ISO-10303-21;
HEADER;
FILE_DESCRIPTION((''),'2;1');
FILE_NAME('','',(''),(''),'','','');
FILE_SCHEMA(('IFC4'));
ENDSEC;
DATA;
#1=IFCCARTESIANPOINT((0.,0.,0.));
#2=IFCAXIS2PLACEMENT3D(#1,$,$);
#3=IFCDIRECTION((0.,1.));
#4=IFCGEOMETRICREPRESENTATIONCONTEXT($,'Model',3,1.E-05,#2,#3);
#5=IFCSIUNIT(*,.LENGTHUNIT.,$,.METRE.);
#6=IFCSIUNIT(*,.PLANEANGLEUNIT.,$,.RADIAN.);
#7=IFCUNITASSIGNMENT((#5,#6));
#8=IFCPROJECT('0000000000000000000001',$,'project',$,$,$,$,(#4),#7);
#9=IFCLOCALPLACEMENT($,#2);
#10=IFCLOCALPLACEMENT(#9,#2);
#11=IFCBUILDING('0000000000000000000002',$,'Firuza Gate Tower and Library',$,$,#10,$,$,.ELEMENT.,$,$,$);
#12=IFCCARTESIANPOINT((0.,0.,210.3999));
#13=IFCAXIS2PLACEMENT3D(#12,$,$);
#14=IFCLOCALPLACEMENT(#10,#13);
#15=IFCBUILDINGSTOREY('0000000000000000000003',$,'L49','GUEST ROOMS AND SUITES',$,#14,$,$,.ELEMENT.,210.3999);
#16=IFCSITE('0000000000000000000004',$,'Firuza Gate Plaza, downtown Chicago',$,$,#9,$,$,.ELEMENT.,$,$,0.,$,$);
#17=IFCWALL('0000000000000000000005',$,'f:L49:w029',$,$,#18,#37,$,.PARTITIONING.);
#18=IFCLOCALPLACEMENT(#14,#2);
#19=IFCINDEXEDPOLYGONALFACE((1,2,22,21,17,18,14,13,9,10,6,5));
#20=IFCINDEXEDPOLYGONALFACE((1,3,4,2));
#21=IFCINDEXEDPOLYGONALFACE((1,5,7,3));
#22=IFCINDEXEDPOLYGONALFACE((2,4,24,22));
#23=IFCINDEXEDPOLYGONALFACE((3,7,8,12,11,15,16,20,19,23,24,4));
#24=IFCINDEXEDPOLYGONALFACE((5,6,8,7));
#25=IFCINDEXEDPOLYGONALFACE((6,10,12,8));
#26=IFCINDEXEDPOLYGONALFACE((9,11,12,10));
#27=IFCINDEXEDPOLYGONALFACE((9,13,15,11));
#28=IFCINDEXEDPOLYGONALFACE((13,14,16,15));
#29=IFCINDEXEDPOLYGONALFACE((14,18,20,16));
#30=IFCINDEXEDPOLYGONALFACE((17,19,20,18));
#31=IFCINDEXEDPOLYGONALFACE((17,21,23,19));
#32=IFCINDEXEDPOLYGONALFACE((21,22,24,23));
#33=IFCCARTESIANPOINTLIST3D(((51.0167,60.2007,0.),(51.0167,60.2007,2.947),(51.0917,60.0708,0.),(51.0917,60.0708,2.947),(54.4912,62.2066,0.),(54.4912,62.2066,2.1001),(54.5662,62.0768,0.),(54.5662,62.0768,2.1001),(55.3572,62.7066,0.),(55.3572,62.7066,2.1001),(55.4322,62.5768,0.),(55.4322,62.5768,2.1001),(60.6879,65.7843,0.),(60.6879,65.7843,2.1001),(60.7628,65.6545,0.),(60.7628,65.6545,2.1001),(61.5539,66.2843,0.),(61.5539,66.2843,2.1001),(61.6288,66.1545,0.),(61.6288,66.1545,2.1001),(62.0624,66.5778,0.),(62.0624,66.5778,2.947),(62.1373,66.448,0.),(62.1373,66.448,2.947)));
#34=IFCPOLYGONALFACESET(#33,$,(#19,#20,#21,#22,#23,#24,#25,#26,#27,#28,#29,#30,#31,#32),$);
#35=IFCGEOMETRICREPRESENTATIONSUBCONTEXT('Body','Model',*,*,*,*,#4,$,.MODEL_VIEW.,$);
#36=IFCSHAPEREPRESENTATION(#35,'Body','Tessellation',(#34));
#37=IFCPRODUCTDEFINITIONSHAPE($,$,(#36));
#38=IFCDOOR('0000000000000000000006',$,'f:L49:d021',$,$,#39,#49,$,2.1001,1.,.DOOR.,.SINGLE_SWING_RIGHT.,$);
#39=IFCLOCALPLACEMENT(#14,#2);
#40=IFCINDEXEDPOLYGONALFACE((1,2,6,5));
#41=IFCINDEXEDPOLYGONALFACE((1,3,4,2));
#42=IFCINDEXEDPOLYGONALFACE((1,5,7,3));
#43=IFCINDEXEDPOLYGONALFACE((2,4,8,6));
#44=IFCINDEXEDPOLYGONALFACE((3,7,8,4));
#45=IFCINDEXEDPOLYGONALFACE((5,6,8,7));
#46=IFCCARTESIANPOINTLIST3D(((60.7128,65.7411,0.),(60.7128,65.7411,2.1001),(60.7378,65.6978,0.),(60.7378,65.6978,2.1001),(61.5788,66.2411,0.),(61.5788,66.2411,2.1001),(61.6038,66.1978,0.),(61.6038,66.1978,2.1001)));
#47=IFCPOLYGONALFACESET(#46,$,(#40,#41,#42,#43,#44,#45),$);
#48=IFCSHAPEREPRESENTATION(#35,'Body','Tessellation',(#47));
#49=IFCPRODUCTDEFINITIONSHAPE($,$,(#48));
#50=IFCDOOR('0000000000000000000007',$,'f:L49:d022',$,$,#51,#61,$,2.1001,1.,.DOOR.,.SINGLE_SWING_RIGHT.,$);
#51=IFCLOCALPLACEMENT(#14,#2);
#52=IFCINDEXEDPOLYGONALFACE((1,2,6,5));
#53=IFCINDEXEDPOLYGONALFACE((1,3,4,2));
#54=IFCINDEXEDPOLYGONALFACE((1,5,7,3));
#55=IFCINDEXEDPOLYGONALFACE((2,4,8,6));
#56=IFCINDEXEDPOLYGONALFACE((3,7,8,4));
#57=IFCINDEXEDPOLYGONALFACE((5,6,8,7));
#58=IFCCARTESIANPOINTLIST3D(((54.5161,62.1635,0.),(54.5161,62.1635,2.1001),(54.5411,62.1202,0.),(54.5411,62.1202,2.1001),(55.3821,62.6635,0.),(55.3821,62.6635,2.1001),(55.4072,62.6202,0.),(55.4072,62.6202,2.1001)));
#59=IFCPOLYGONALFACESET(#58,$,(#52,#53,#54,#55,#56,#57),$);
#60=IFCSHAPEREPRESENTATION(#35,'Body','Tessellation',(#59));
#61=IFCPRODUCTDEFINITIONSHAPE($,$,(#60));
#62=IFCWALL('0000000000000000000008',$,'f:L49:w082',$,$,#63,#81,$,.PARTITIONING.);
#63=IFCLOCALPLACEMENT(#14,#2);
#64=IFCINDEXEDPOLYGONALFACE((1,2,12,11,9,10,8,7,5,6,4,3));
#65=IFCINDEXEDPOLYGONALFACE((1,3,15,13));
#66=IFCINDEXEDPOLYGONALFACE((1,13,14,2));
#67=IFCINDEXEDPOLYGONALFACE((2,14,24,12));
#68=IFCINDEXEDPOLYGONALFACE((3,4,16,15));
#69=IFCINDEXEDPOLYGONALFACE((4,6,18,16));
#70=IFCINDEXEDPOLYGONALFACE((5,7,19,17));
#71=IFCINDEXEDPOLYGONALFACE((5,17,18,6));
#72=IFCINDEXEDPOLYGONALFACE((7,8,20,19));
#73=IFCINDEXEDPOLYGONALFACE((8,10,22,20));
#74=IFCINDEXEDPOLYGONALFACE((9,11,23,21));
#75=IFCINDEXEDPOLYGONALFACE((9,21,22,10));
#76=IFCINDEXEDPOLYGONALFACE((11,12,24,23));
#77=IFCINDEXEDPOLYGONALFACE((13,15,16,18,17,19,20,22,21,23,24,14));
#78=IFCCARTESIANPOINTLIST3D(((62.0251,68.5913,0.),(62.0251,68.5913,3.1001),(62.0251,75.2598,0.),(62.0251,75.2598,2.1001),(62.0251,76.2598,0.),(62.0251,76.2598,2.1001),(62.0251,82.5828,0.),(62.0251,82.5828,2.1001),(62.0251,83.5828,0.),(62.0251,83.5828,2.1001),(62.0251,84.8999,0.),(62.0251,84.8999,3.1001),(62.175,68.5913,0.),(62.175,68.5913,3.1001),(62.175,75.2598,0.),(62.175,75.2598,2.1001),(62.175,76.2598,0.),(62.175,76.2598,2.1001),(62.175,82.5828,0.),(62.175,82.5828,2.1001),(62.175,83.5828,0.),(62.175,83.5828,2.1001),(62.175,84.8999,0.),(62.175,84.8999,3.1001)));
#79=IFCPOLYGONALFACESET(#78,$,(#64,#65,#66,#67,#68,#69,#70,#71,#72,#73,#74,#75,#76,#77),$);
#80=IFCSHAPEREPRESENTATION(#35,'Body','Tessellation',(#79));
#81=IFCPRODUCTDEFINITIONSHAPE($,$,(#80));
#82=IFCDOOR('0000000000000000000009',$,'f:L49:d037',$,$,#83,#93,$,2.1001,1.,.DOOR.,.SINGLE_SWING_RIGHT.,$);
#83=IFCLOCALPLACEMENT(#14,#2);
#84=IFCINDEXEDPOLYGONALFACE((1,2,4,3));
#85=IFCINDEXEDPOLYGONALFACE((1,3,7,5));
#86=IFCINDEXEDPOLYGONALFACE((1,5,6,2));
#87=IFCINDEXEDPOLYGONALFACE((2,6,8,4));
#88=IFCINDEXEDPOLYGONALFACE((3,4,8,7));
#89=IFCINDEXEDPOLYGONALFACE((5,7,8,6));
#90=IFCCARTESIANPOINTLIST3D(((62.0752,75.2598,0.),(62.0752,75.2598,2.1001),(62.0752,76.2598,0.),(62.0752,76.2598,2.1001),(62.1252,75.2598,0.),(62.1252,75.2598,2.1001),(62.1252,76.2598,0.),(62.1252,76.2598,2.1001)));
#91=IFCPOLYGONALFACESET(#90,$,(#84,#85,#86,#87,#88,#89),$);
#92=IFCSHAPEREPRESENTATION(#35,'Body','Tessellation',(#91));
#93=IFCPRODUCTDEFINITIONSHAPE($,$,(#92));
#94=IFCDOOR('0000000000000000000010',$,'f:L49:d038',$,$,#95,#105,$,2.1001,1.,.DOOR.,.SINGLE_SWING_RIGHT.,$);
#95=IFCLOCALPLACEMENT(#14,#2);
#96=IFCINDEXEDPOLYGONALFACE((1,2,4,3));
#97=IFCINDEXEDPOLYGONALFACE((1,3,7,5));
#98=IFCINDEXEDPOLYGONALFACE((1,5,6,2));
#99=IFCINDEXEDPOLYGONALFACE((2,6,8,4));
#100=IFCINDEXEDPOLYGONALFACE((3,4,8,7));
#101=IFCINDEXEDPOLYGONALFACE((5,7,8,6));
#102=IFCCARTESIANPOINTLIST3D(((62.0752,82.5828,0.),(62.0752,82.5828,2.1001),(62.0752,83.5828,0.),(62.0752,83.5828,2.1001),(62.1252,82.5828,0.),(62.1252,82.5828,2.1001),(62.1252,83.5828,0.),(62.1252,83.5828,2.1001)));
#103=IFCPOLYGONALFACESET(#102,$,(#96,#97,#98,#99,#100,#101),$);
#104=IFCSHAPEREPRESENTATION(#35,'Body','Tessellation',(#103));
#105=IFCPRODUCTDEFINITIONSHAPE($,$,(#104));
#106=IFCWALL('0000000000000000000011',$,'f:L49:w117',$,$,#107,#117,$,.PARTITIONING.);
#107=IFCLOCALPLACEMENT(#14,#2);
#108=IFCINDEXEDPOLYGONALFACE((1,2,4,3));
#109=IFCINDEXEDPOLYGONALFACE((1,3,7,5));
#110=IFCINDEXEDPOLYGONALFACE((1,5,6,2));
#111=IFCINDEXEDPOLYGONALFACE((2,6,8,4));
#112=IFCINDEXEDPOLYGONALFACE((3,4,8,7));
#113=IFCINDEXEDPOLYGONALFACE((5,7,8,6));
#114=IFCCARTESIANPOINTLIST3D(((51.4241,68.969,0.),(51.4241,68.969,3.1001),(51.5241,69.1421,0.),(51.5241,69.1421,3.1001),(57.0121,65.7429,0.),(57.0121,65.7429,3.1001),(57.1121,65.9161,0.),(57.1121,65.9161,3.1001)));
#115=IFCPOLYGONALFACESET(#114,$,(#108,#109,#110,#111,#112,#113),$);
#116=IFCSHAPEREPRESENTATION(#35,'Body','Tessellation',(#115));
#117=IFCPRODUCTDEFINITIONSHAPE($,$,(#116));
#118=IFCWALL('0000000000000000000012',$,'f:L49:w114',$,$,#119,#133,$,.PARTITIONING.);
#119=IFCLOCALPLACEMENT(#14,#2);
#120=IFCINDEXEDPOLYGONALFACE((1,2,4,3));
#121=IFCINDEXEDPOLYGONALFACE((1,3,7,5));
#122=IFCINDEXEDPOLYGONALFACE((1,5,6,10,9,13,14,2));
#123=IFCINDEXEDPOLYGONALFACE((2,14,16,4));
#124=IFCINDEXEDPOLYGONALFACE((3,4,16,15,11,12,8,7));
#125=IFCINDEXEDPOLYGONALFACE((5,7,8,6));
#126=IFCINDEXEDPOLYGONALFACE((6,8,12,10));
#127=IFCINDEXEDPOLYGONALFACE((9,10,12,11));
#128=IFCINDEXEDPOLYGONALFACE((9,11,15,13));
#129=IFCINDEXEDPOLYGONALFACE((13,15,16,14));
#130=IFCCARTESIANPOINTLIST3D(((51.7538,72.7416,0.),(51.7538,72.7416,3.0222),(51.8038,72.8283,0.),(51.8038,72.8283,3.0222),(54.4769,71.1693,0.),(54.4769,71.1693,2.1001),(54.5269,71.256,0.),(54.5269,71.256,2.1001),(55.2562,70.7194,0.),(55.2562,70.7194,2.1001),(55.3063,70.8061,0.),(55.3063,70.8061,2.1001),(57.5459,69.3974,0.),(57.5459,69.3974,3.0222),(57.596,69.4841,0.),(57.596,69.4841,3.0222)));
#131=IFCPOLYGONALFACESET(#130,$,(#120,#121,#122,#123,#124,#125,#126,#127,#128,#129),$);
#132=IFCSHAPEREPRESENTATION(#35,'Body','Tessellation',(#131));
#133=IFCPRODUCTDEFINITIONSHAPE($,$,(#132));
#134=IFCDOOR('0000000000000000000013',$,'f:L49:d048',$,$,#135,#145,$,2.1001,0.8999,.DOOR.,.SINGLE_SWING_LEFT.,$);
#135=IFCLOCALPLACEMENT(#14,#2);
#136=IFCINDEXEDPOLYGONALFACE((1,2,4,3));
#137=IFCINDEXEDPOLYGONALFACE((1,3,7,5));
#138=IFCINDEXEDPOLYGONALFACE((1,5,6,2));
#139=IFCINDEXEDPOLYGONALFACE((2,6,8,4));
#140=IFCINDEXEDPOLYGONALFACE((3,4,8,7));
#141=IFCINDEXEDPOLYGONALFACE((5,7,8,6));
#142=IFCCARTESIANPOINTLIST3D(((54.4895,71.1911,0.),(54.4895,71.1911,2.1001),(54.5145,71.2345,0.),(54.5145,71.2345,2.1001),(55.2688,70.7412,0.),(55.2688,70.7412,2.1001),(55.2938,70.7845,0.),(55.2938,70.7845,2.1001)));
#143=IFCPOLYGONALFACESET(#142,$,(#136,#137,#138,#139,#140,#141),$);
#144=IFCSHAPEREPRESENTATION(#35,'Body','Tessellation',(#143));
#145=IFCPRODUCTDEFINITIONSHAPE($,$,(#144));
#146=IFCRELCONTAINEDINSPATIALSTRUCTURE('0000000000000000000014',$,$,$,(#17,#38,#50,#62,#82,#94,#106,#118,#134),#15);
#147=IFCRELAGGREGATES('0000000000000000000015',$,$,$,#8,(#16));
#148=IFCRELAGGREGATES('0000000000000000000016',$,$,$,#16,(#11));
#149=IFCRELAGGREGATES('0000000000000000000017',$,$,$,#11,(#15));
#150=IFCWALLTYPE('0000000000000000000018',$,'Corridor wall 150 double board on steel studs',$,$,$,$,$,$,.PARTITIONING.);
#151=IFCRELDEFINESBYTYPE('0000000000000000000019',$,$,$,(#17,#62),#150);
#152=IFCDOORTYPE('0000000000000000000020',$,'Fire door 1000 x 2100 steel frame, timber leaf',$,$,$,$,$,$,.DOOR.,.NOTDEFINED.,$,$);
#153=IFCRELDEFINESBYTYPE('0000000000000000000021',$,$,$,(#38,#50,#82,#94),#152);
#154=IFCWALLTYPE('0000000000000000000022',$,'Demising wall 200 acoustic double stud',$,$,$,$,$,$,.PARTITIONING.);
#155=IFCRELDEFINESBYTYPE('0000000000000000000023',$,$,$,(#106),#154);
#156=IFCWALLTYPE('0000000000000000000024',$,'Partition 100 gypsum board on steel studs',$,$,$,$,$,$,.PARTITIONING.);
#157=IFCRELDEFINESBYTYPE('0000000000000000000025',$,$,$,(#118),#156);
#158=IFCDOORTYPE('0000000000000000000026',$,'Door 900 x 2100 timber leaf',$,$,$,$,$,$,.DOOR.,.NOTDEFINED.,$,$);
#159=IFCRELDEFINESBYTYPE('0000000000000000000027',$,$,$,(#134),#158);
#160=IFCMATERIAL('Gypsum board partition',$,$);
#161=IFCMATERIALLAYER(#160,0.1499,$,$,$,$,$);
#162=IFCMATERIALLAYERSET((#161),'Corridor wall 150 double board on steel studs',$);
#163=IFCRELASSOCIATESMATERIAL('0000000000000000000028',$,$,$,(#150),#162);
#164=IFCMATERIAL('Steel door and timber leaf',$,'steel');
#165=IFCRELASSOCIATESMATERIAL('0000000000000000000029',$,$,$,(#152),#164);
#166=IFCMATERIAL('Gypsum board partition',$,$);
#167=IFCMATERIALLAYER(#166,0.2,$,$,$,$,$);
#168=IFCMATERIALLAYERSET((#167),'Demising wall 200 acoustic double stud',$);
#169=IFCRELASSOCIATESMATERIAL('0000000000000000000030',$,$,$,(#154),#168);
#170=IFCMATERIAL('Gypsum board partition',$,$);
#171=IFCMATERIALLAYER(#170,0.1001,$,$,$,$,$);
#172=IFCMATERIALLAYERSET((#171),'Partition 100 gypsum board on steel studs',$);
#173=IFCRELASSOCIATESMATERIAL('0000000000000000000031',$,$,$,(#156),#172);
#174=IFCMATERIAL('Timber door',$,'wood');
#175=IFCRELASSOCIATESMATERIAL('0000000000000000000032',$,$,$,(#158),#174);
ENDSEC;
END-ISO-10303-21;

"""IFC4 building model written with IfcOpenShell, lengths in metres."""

from ifc_helpers import new_model, si_unit, direction, frame, frame_2d, origin, place, context, subcontext, project, spatial, rectangle, extrude, material, layer, layer_set, type_object, element, fill, save


model = new_model("IFC4")

# Units and contexts
model_context = context("Model", 3, precision=1e-05, world=origin(), true_north=direction((0.0, 1.0)))
body_context = subcontext(model_context, "Body", "Model", "MODEL_VIEW")
ifc_project = project(units=[si_unit("LENGTHUNIT", "METRE"), si_unit("PLANEANGLEUNIT", "RADIAN")], contexts=[model_context])

# Site, building, storey
site_placement = place(None, origin())
site = spatial("IfcSite", under=ifc_project, at=site_placement, Name="Firuza Gate Plaza, downtown Chicago", CompositionType="ELEMENT", RefElevation=0.0)
building_placement = place(site_placement, origin())
building = spatial("IfcBuilding", under=site, at=building_placement, Name="Firuza Gate Tower and Library", CompositionType="ELEMENT")
storey_placement = place(building_placement, frame((0.0, 0.0, 210.3999)))
storey = spatial("IfcBuildingStorey", under=building, at=storey_placement, Name="L49", Description="GUEST ROOMS AND SUITES", CompositionType="ELEMENT", Elevation=210.3999)

# Walls, openings, doors
ifc_material_1 = material(Name="Gypsum board partition")
ifc_layer_1 = layer(ifc_material_1, 0.1499)
ifc_layer_set_1 = layer_set([ifc_layer_1], Name="Corridor wall 150 double board on steel studs")
wall_type_1 = type_object("IfcWallType", Name="Corridor wall 150 double board on steel studs", PredefinedType="PARTITIONING", material=ifc_layer_set_1)
wall_1_placement = place(storey_placement, frame((62.0999, 66.5129, 0.0), z_axis=(0.0, 0.0, 1.0), x_axis=(-0.866026, -0.499999, 0.0)))
wall_1 = element("IfcWall", 1, at=wall_1_placement, inside=storey, type_object=wall_type_1, Name="f:L49:w029", PredefinedType="PARTITIONING", context=body_context, shape_type="SweptSolid", body=[
    extrude(rectangle(XDim=12.7544, YDim=0.1499, at=frame_2d((6.3772, 0.0))), origin(), (0.0, 0.0, 1.0), 2.947),
])
opening_1_placement = place(wall_1_placement, frame((0.5872, 0.0, 0.0)))
opening_1 = element("IfcOpeningElement", 2, at=opening_1_placement, cuts=wall_1, PredefinedType="OPENING", context=body_context, shape_type="SweptSolid", body=[
    extrude(rectangle(XDim=1.0, YDim=2.1001, at=frame_2d((0.5, 1.05))), frame((0.0, 0.085, 0.0), z_axis=(0.0, -1.0, 0.0), x_axis=(1.0, 0.0, 0.0)), (0.0, 0.0, 1.0), 0.1699),
])
opening_2_placement = place(wall_1_placement, frame((7.7424, 0.0, 0.0)))
opening_2 = element("IfcOpeningElement", 3, at=opening_2_placement, cuts=wall_1, PredefinedType="OPENING", context=body_context, shape_type="SweptSolid", body=[
    extrude(rectangle(XDim=1.0, YDim=2.1001, at=frame_2d((0.5, 1.05))), frame((0.0, 0.085, 0.0), z_axis=(0.0, -1.0, 0.0), x_axis=(1.0, 0.0, 0.0)), (0.0, 0.0, 1.0), 0.1699),
])
ifc_material_2 = material(Name="Steel door and timber leaf", Category="steel")
door_type_1 = type_object("IfcDoorType", Name="Fire door 1000 x 2100 steel frame, timber leaf", OperationType="NOTDEFINED", PredefinedType="DOOR", material=ifc_material_2)
door_1_placement = place(opening_1_placement, origin())
door_1 = element("IfcDoor", 4, at=door_1_placement, inside=storey, type_object=door_type_1, Name="f:L49:d021", OperationType="SINGLE_SWING_RIGHT", OverallHeight=2.1001, OverallWidth=1.0, PredefinedType="DOOR", context=body_context, shape_type="SweptSolid", body=[
    extrude(rectangle(XDim=1.0, YDim=2.1001, at=frame_2d((0.5, 1.05))), frame((0.0, 0.0249, 0.0), z_axis=(0.0, -1.0, 0.0), x_axis=(1.0, 0.0, 0.0)), (0.0, 0.0, 1.0), 0.05),
])
fill(opening_1, door_1)
door_2_placement = place(opening_2_placement, origin())
door_2 = element("IfcDoor", 5, at=door_2_placement, inside=storey, type_object=door_type_1, Name="f:L49:d022", OperationType="SINGLE_SWING_RIGHT", OverallHeight=2.1001, OverallWidth=1.0, PredefinedType="DOOR", context=body_context, shape_type="SweptSolid", body=[
    extrude(rectangle(XDim=1.0, YDim=2.1001, at=frame_2d((0.5, 1.05))), frame((0.0, 0.0249, 0.0), z_axis=(0.0, -1.0, 0.0), x_axis=(1.0, 0.0, 0.0)), (0.0, 0.0, 1.0), 0.05),
])
fill(opening_2, door_2)
wall_2_placement = place(storey_placement, frame((62.1001, 68.5913, 0.0), z_axis=(0.0, 0.0, 1.0), x_axis=(0.0, 1.0, 0.0)))
wall_2 = element("IfcWall", 6, at=wall_2_placement, inside=storey, type_object=wall_type_1, Name="f:L49:w082", PredefinedType="PARTITIONING", context=body_context, shape_type="SweptSolid", body=[
    extrude(rectangle(XDim=16.3086, YDim=0.1499, at=frame_2d((8.1543, 0.0))), origin(), (0.0, 0.0, 1.0), 3.1001),
])
opening_3_placement = place(wall_2_placement, frame((6.6685, 0.0, 0.0)))
opening_3 = element("IfcOpeningElement", 7, at=opening_3_placement, cuts=wall_2, PredefinedType="OPENING", context=body_context, shape_type="SweptSolid", body=[
    extrude(rectangle(XDim=1.0, YDim=2.1001, at=frame_2d((0.5, 1.05))), frame((0.0, 0.085, 0.0), z_axis=(0.0, -1.0, 0.0), x_axis=(1.0, 0.0, 0.0)), (0.0, 0.0, 1.0), 0.1699),
])
opening_4_placement = place(wall_2_placement, frame((13.9915, 0.0, 0.0)))
opening_4 = element("IfcOpeningElement", 8, at=opening_4_placement, cuts=wall_2, PredefinedType="OPENING", context=body_context, shape_type="SweptSolid", body=[
    extrude(rectangle(XDim=1.0, YDim=2.1001, at=frame_2d((0.5, 1.05))), frame((0.0, 0.085, 0.0), z_axis=(0.0, -1.0, 0.0), x_axis=(1.0, 0.0, 0.0)), (0.0, 0.0, 1.0), 0.1699),
])
door_3_placement = place(opening_3_placement, origin())
door_3 = element("IfcDoor", 9, at=door_3_placement, inside=storey, type_object=door_type_1, Name="f:L49:d037", OperationType="SINGLE_SWING_RIGHT", OverallHeight=2.1001, OverallWidth=1.0, PredefinedType="DOOR", context=body_context, shape_type="SweptSolid", body=[
    extrude(rectangle(XDim=1.0, YDim=2.1001, at=frame_2d((0.5, 1.05))), frame((0.0, 0.0249, 0.0), z_axis=(0.0, -1.0, 0.0), x_axis=(1.0, 0.0, 0.0)), (0.0, 0.0, 1.0), 0.05),
])
fill(opening_3, door_3)
door_4_placement = place(opening_4_placement, origin())
door_4 = element("IfcDoor", 10, at=door_4_placement, inside=storey, type_object=door_type_1, Name="f:L49:d038", OperationType="SINGLE_SWING_RIGHT", OverallHeight=2.1001, OverallWidth=1.0, PredefinedType="DOOR", context=body_context, shape_type="SweptSolid", body=[
    extrude(rectangle(XDim=1.0, YDim=2.1001, at=frame_2d((0.5, 1.05))), frame((0.0, 0.0249, 0.0), z_axis=(0.0, -1.0, 0.0), x_axis=(1.0, 0.0, 0.0)), (0.0, 0.0, 1.0), 0.05),
])
fill(opening_4, door_4)

# Wall
ifc_material_3 = material(Name="Gypsum board partition")
ifc_layer_2 = layer(ifc_material_3, 0.2)
ifc_layer_set_2 = layer_set([ifc_layer_2], Name="Demising wall 200 acoustic double stud")
wall_type_2 = type_object("IfcWallType", Name="Demising wall 200 acoustic double stud", PredefinedType="PARTITIONING", material=ifc_layer_set_2)
wall_3_placement = place(storey_placement, frame((57.062, 65.8296, 0.0), z_axis=(0.0, 0.0, 1.0), x_axis=(-0.866041, 0.499972, 0.0)))
element("IfcWall", 11, at=wall_3_placement, inside=storey, type_object=wall_type_2, Name="f:L49:w117", PredefinedType="PARTITIONING", context=body_context, shape_type="SweptSolid", body=[
    extrude(rectangle(XDim=6.4524, YDim=0.2, at=frame_2d((3.2261, 0.0))), origin(), (0.0, 0.0, 1.0), 3.1001),
])

# Wall, opening, door
ifc_material_4 = material(Name="Gypsum board partition")
ifc_layer_3 = layer(ifc_material_4, 0.1001)
ifc_layer_set_3 = layer_set([ifc_layer_3], Name="Partition 100 gypsum board on steel studs")
wall_type_3 = type_object("IfcWallType", Name="Partition 100 gypsum board on steel studs", PredefinedType="PARTITIONING", material=ifc_layer_set_3)
wall_4_placement = place(storey_placement, frame((57.571, 69.4407, 0.0), z_axis=(0.0, 0.0, 1.0), x_axis=(-0.86602, 0.50001, 0.0)))
wall_4 = element("IfcWall", 12, at=wall_4_placement, inside=storey, type_object=wall_type_3, Name="f:L49:w114", PredefinedType="PARTITIONING", context=body_context, shape_type="SweptSolid", body=[
    extrude(rectangle(XDim=6.6882, YDim=0.1001, at=frame_2d((3.3442, 0.0))), origin(), (0.0, 0.0, 1.0), 3.0222),
])
opening_5_placement = place(wall_4_placement, frame((2.644, 0.0, 0.0)))
opening_5 = element("IfcOpeningElement", 13, at=opening_5_placement, cuts=wall_4, PredefinedType="OPENING", context=body_context, shape_type="SweptSolid", body=[
    extrude(rectangle(XDim=0.8999, YDim=2.1001, at=frame_2d((0.45, 1.05))), frame((0.0, 0.0601, 0.0), z_axis=(0.0, -1.0, 0.0), x_axis=(1.0, 0.0, 0.0)), (0.0, 0.0, 1.0), 0.1201),
])
ifc_material_5 = material(Name="Timber door", Category="wood")
door_type_2 = type_object("IfcDoorType", Name="Door 900 x 2100 timber leaf", OperationType="NOTDEFINED", PredefinedType="DOOR", material=ifc_material_5)
door_5_placement = place(opening_5_placement, origin())
door_5 = element("IfcDoor", 14, at=door_5_placement, inside=storey, type_object=door_type_2, Name="f:L49:d048", OperationType="SINGLE_SWING_LEFT", OverallHeight=2.1001, OverallWidth=0.8999, PredefinedType="DOOR", context=body_context, shape_type="SweptSolid", body=[
    extrude(rectangle(XDim=0.8999, YDim=2.1001, at=frame_2d((0.45, 1.05))), frame((0.0, 0.0249, 0.0), z_axis=(0.0, -1.0, 0.0), x_axis=(1.0, 0.0, 0.0)), (0.0, 0.0, 1.0), 0.05),
])
fill(opening_5, door_5)

save(model, "model.ifc")
